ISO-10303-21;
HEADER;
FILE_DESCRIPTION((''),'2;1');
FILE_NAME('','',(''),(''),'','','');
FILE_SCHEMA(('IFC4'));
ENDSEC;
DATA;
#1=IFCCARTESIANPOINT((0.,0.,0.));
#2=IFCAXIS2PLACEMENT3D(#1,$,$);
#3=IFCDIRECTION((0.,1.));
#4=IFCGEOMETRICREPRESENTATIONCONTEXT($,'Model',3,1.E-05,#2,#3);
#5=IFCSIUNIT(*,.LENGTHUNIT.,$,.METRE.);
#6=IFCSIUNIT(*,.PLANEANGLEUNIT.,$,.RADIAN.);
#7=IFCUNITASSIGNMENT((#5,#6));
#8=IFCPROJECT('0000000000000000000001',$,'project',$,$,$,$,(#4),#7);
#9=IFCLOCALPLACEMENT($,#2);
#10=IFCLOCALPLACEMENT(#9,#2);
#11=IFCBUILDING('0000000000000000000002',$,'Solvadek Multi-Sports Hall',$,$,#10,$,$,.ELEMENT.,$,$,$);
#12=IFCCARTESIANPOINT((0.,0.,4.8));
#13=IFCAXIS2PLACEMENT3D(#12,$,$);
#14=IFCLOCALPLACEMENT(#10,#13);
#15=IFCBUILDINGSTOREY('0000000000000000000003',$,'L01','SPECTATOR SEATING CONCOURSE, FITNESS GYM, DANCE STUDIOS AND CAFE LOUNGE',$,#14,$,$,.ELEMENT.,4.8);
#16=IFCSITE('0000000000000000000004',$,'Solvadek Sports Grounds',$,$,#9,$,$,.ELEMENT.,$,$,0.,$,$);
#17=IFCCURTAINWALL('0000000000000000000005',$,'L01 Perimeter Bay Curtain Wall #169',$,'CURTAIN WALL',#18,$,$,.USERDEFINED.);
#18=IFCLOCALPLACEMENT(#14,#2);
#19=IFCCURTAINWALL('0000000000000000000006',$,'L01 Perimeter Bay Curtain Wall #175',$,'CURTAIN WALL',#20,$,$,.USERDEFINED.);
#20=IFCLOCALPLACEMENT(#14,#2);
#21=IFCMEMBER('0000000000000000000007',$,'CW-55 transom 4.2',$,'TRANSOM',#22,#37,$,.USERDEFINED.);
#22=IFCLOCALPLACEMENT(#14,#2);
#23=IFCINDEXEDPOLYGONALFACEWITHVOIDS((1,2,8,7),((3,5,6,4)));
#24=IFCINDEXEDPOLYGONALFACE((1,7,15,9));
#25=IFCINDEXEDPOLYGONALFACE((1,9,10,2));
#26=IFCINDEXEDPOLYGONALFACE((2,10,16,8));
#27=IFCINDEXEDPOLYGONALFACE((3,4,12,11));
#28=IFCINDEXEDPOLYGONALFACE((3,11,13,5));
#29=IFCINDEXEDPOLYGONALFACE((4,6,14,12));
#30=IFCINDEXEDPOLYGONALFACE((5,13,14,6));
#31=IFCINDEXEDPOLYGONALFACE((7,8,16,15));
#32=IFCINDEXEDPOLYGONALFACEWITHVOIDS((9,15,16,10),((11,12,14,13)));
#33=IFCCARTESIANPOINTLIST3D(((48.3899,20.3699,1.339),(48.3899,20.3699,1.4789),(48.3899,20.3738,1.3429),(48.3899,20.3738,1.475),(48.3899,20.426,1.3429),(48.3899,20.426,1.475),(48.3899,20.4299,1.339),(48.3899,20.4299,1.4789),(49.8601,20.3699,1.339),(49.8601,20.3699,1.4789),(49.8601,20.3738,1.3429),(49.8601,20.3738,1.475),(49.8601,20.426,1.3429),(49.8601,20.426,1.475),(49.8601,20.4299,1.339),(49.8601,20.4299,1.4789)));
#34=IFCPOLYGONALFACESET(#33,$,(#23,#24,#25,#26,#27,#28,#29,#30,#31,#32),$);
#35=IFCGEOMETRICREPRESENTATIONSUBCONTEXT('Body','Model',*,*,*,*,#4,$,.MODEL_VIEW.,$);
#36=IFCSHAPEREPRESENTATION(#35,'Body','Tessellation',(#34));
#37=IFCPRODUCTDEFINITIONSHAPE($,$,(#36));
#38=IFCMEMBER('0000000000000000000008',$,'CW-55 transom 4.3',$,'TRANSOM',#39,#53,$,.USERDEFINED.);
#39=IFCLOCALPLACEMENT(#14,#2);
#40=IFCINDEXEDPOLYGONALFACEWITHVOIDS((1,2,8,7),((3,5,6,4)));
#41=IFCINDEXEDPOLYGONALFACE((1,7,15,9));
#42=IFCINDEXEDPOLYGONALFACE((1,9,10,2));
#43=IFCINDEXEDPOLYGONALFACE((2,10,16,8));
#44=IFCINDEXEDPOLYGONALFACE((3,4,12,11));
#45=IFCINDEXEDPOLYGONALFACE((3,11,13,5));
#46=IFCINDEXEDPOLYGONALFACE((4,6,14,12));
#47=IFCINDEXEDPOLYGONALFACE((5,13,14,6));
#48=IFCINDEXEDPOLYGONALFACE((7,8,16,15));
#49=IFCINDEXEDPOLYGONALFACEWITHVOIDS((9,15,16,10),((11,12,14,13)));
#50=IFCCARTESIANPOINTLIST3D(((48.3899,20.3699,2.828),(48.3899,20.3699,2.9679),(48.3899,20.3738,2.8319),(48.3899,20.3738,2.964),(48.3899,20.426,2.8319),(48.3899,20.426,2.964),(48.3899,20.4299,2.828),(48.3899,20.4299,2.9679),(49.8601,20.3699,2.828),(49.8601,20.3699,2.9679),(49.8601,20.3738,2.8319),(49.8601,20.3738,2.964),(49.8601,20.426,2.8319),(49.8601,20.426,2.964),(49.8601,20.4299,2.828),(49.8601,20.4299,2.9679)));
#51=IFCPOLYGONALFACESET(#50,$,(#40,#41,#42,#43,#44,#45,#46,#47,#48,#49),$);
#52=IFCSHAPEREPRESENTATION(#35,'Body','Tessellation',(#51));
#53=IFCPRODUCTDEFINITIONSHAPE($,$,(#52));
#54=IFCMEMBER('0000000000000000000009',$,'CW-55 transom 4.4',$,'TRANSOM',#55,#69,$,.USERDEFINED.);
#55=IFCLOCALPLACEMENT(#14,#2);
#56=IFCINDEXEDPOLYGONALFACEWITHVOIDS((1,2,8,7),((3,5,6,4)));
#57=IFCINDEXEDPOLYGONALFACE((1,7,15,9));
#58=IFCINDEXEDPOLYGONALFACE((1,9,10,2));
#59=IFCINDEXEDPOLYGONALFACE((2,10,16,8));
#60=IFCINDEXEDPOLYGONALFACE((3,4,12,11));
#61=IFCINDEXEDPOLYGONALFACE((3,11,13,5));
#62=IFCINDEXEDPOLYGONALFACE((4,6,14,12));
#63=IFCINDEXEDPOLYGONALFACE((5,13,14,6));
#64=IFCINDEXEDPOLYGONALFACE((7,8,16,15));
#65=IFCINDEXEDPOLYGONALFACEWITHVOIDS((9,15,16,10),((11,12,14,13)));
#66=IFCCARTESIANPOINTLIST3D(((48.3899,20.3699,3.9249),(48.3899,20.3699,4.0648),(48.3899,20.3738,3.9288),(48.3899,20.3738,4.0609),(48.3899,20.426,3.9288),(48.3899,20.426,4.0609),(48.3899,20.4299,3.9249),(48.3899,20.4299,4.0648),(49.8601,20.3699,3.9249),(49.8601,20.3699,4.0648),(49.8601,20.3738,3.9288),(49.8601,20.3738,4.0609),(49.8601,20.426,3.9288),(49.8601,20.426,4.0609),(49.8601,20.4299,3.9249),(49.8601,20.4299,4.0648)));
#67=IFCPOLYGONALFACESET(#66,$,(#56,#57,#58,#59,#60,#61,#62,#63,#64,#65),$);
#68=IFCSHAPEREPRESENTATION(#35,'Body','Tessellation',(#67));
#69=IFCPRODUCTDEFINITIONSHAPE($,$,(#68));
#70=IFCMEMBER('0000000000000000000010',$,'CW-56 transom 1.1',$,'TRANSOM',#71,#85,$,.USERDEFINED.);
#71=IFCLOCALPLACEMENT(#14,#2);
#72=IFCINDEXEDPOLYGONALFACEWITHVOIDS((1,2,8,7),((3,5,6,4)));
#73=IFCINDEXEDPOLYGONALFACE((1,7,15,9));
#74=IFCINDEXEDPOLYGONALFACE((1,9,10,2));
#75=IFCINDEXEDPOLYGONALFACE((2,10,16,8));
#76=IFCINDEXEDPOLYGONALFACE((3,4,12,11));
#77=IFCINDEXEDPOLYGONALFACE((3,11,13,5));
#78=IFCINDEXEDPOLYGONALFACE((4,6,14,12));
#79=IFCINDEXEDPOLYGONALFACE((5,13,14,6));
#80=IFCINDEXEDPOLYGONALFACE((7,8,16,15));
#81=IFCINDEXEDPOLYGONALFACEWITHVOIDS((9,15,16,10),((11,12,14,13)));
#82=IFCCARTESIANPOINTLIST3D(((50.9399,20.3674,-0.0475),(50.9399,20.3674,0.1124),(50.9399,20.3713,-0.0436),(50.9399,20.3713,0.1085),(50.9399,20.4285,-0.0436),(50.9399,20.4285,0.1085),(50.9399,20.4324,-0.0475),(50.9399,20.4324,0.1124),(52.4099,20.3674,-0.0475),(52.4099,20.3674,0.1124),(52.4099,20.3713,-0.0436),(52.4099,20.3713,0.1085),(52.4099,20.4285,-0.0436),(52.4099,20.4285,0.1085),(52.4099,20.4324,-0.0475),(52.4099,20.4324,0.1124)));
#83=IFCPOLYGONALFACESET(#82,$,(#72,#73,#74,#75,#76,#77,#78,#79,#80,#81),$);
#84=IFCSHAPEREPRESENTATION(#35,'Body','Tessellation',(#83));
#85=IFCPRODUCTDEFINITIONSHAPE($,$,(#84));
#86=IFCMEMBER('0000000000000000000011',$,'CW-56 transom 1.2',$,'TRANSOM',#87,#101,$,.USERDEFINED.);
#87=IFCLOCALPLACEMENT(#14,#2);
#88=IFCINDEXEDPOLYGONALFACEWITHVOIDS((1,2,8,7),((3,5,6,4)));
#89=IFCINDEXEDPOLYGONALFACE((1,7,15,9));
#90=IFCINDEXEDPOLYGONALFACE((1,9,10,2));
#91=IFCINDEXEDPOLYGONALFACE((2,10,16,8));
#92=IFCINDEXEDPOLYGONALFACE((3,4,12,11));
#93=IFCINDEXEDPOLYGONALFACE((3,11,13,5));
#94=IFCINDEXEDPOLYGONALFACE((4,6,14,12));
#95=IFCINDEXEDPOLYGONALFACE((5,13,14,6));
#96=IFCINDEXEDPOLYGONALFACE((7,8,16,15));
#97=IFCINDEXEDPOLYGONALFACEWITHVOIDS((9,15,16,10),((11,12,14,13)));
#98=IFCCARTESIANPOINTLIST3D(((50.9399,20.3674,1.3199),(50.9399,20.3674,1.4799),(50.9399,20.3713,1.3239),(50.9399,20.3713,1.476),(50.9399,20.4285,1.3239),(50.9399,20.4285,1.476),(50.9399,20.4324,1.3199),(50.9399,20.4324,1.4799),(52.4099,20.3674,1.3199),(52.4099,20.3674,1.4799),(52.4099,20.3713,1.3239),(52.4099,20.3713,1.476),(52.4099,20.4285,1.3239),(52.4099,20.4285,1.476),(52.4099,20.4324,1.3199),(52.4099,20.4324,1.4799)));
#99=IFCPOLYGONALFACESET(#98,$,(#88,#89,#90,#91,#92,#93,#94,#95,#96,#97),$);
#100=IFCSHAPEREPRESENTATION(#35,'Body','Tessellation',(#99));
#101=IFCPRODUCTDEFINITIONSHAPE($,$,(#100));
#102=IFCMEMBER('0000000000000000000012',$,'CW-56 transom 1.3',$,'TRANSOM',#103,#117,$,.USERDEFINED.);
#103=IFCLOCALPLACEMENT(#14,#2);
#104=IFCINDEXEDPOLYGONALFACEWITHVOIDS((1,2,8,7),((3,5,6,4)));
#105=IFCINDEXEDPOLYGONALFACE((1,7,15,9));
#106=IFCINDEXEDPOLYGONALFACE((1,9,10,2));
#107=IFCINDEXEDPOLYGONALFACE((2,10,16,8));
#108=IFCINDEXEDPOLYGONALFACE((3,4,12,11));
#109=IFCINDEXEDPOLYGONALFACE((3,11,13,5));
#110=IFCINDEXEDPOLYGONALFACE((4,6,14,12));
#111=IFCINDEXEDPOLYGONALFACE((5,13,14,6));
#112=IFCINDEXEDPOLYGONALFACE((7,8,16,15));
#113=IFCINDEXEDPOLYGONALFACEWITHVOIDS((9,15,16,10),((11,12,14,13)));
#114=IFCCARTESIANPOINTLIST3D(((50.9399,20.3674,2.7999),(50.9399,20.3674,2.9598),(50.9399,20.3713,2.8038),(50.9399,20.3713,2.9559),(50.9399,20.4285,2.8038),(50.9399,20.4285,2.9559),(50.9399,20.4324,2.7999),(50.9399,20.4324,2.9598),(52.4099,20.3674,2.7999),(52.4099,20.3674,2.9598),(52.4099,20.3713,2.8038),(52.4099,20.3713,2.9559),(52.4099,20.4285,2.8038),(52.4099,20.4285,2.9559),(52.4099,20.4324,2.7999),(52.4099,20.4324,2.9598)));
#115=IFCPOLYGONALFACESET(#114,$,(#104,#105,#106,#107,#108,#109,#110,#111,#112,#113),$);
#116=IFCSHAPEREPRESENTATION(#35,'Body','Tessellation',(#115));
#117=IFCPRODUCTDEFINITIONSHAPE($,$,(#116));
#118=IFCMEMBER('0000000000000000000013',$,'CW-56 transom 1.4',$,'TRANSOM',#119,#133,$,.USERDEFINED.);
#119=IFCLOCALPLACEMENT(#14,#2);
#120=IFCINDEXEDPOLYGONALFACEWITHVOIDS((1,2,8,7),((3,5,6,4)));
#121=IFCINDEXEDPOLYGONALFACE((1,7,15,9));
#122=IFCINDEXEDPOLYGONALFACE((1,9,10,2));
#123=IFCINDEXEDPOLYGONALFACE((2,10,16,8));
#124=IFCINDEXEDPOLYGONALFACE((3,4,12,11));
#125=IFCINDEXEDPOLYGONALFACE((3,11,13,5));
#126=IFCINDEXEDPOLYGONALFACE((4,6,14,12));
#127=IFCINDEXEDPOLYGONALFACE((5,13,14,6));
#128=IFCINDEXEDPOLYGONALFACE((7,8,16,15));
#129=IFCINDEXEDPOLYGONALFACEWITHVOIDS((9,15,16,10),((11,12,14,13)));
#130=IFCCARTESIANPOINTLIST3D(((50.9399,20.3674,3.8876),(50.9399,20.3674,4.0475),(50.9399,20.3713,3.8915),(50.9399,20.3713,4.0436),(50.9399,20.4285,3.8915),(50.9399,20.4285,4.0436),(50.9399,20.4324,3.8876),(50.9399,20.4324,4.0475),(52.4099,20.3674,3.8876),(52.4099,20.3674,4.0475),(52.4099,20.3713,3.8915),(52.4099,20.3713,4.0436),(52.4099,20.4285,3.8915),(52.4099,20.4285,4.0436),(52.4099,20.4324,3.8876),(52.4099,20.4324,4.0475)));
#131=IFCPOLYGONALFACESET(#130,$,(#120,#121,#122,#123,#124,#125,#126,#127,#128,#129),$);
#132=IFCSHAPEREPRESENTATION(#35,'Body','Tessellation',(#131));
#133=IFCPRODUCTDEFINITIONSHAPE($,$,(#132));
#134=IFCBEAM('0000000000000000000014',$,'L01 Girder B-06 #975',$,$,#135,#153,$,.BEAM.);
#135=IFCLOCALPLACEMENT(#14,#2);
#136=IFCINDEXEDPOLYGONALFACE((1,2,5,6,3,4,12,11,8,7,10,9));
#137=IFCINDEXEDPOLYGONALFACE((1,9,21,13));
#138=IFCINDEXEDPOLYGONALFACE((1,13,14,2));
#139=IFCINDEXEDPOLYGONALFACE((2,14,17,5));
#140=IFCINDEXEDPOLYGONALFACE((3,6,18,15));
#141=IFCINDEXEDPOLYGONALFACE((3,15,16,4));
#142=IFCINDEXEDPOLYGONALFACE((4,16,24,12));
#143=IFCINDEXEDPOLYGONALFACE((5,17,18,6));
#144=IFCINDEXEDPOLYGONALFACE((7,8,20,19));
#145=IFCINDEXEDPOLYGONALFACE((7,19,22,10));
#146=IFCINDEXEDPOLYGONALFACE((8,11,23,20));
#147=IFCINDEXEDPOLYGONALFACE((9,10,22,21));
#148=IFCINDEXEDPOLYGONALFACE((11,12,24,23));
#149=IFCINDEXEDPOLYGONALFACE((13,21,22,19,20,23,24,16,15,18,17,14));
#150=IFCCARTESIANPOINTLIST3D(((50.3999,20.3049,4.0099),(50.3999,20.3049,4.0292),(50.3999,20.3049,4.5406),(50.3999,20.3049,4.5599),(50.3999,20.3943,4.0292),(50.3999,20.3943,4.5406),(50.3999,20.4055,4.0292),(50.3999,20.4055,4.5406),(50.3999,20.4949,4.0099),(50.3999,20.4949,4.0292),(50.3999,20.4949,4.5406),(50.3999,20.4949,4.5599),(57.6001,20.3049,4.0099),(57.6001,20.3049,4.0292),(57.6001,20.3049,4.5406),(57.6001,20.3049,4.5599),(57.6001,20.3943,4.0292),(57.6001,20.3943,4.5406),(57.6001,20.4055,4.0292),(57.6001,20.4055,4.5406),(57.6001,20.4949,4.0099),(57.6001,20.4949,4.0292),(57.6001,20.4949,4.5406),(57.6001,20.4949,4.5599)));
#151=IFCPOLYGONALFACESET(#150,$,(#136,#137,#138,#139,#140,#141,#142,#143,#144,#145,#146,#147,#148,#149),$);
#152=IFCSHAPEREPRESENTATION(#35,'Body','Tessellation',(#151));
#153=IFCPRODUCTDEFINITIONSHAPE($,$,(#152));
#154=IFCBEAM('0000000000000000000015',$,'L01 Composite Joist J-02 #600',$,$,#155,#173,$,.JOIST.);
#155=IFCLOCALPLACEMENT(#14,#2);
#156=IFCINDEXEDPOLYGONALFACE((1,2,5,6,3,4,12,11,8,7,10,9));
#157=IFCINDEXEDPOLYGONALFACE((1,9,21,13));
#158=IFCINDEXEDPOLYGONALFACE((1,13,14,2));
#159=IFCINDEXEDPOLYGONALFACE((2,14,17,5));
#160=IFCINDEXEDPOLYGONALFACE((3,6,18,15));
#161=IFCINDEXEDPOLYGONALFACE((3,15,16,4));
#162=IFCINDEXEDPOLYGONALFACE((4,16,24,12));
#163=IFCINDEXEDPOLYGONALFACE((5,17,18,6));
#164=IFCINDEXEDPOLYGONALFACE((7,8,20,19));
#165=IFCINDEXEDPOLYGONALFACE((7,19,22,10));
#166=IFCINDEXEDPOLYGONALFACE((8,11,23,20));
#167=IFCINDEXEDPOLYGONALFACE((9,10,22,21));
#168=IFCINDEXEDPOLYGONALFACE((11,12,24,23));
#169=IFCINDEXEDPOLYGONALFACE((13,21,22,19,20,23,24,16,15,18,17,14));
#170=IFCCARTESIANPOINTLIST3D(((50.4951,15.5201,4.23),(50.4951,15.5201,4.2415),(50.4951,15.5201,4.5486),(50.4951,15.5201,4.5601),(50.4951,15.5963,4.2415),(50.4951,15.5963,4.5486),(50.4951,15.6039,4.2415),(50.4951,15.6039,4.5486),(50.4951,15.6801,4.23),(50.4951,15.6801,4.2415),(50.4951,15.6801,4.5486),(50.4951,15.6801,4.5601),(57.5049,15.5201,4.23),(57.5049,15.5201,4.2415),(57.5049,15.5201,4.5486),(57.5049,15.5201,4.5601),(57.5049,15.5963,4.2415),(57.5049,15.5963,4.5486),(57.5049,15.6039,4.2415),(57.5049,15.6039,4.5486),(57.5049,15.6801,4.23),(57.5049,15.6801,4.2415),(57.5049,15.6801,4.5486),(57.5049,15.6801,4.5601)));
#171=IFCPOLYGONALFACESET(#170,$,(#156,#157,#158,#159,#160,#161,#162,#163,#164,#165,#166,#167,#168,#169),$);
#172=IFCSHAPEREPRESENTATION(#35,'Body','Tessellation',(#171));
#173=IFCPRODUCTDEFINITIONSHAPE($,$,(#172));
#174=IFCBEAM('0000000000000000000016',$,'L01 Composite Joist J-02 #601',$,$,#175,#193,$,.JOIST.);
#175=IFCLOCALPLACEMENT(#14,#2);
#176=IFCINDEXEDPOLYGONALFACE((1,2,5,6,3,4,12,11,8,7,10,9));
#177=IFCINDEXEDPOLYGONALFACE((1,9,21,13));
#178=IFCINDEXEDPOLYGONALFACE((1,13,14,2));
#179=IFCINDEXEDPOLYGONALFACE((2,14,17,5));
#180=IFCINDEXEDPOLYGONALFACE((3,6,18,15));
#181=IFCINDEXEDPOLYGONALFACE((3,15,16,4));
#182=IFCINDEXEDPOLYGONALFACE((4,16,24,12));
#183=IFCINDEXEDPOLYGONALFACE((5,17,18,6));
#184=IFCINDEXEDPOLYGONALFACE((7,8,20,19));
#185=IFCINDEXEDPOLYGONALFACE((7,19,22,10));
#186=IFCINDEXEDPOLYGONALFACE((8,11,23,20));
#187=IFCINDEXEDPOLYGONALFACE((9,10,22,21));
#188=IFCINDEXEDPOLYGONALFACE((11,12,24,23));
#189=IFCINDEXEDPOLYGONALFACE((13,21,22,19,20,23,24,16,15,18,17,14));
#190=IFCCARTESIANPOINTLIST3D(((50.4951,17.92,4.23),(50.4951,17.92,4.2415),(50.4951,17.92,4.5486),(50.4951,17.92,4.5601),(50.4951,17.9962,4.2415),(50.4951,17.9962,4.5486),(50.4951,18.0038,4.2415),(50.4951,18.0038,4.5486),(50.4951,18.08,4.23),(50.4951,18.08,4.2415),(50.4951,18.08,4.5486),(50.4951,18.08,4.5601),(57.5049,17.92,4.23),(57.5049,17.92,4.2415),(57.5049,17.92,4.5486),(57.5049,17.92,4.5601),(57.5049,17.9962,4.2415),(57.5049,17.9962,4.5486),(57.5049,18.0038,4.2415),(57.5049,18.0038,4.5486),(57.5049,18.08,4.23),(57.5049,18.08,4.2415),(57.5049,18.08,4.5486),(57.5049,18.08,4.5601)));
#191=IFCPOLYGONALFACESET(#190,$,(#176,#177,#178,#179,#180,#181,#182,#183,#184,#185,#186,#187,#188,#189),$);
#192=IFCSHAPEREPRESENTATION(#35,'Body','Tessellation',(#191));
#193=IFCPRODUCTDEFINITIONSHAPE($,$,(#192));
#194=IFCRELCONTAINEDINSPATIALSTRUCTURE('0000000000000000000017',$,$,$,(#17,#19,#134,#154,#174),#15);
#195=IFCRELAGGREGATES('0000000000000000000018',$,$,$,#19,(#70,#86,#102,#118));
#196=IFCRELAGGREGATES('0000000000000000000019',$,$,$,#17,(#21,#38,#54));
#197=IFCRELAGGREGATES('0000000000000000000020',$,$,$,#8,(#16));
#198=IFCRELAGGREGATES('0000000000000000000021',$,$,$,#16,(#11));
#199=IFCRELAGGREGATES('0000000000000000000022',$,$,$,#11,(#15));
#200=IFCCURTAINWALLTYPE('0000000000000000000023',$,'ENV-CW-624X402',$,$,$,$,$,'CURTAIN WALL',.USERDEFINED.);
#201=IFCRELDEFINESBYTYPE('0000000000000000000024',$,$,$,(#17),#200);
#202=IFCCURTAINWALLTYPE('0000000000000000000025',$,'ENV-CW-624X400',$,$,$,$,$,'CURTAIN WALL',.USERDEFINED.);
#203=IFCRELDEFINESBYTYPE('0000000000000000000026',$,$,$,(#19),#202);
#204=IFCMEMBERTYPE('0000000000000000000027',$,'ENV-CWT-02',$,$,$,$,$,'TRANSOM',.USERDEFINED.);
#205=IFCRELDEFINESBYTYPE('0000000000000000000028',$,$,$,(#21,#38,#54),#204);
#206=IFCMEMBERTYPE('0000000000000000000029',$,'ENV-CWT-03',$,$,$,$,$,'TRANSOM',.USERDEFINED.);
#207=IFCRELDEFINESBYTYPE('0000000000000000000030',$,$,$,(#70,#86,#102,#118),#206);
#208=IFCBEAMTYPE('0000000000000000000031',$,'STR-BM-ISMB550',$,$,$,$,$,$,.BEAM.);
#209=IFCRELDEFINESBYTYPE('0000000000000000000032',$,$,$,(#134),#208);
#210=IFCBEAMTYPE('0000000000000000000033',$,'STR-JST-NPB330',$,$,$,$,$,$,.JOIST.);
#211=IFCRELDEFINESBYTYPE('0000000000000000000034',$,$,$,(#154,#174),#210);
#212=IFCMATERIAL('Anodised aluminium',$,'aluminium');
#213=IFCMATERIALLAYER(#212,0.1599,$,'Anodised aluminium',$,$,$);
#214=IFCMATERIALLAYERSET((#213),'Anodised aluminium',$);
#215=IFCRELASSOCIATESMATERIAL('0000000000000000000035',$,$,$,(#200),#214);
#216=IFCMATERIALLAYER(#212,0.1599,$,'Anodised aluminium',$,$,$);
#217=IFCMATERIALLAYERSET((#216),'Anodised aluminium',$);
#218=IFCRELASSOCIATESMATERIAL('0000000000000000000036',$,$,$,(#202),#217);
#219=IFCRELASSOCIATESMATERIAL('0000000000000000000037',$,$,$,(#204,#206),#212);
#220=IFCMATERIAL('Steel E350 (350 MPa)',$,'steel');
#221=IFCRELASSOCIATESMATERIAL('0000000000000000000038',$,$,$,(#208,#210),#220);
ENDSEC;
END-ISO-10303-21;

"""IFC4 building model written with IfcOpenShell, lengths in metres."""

from ifc_helpers import new_model, si_unit, direction, frame, origin, origin_2d, place, context, subcontext, project, spatial, hollow_rectangle, i_section, extrude, material, layer, layer_set, material_profile, profile_set, type_object, element, aggregate, save


model = new_model("IFC4")

# Units and contexts
model_context = context("Model", 3, precision=1e-05, world=origin(), true_north=direction((0.0, 1.0)))
body_context = subcontext(model_context, "Body", "Model", "MODEL_VIEW")
ifc_project = project(units=[si_unit("LENGTHUNIT", "METRE"), si_unit("PLANEANGLEUNIT", "RADIAN")], contexts=[model_context])

# Site, building, storey
site_placement = place(None, origin())
site = spatial("IfcSite", under=ifc_project, at=site_placement, Name="Solvadek Sports Grounds", CompositionType="ELEMENT", RefElevation=0.0)
building_placement = place(site_placement, origin())
building = spatial("IfcBuilding", under=site, at=building_placement, Name="Solvadek Multi-Sports Hall", CompositionType="ELEMENT")
storey_placement = place(building_placement, frame((0.0, 0.0, 4.8)))
storey = spatial("IfcBuildingStorey", under=building, at=storey_placement, Name="L01", Description="SPECTATOR SEATING CONCOURSE, FITNESS GYM, DANCE STUDIOS AND CAFE LOUNGE", CompositionType="ELEMENT", Elevation=4.8)

# Shared definitions
ifc_material_1 = material(Name="Steel E350 (350 MPa)", Category="steel")

# Curtain walls
ifc_material_2 = material(Name="Anodised aluminium", Category="aluminium")
ifc_layer_1 = layer(ifc_material_2, 0.1599, Name="Anodised aluminium")
ifc_layer_set_1 = layer_set([ifc_layer_1], Name="Anodised aluminium")
curtain_wall_type_1 = type_object("IfcCurtainWallType", Name="ENV-CW-624X402", ElementType="CURTAIN WALL", PredefinedType="USERDEFINED", material=ifc_layer_set_1)
curtain_wall_1_placement = place(storey_placement, origin())
curtain_wall_1 = element("IfcCurtainWall", 1, at=curtain_wall_1_placement, inside=storey, type_object=curtain_wall_type_1, Name="L01 Perimeter Bay Curtain Wall #169", ObjectType="CURTAIN WALL", PredefinedType="USERDEFINED")
ifc_layer_2 = layer(ifc_material_2, 0.1599, Name="Anodised aluminium")
ifc_layer_set_2 = layer_set([ifc_layer_2], Name="Anodised aluminium")
curtain_wall_type_2 = type_object("IfcCurtainWallType", Name="ENV-CW-624X400", ElementType="CURTAIN WALL", PredefinedType="USERDEFINED", material=ifc_layer_set_2)
curtain_wall_2_placement = place(storey_placement, origin())
curtain_wall_2 = element("IfcCurtainWall", 2, at=curtain_wall_2_placement, inside=storey, type_object=curtain_wall_type_2, Name="L01 Perimeter Bay Curtain Wall #175", ObjectType="CURTAIN WALL", PredefinedType="USERDEFINED")

# Members
ifc_material_profile_1 = material_profile(ifc_material_2, hollow_rectangle(XDim=0.0601, YDim=0.1399, WallThickness=0.0039, at=origin_2d()), Name="ALU-T 140x60x4")
ifc_profile_set_1 = profile_set([ifc_material_profile_1], Name="Anodised aluminium")
member_type_1 = type_object("IfcMemberType", Name="ENV-CWT-02", ElementType="TRANSOM", PredefinedType="USERDEFINED", material=ifc_profile_set_1)
member_1_placement = place(storey_placement, frame((48.3899, 20.3999, 1.4089), z_axis=(1.0, 0.0, 0.0), x_axis=(0.0, 1.0, 0.0)))
member_1 = element("IfcMember", 3, at=member_1_placement, type_object=member_type_1, Name="CW-55 transom 4.2", ObjectType="TRANSOM", PredefinedType="USERDEFINED", context=body_context, shape_type="SweptSolid", body=[
    extrude(hollow_rectangle(XDim=0.0601, YDim=0.1399, WallThickness=0.0039, at=origin_2d()), origin(), (0.0, 0.0, 1.0), 1.4702),
])
member_2_placement = place(storey_placement, frame((48.3899, 20.3999, 2.8979), z_axis=(1.0, 0.0, 0.0), x_axis=(0.0, 1.0, 0.0)))
member_2 = element("IfcMember", 4, at=member_2_placement, type_object=member_type_1, Name="CW-55 transom 4.3", ObjectType="TRANSOM", PredefinedType="USERDEFINED", context=body_context, shape_type="SweptSolid", body=[
    extrude(hollow_rectangle(XDim=0.0601, YDim=0.1399, WallThickness=0.0039, at=origin_2d()), origin(), (0.0, 0.0, 1.0), 1.4702),
])
member_3_placement = place(storey_placement, frame((48.3899, 20.3999, 3.9949), z_axis=(1.0, 0.0, 0.0), x_axis=(0.0, 1.0, 0.0)))
member_3 = element("IfcMember", 5, at=member_3_placement, type_object=member_type_1, Name="CW-55 transom 4.4", ObjectType="TRANSOM", PredefinedType="USERDEFINED", context=body_context, shape_type="SweptSolid", body=[
    extrude(hollow_rectangle(XDim=0.0601, YDim=0.1399, WallThickness=0.0039, at=origin_2d()), origin(), (0.0, 0.0, 1.0), 1.4702),
])
ifc_material_profile_2 = material_profile(ifc_material_2, hollow_rectangle(XDim=0.0649, YDim=0.1599, WallThickness=0.0039, at=origin_2d()), Name="ALU-T 160x65x4")
ifc_profile_set_2 = profile_set([ifc_material_profile_2], Name="Anodised aluminium")
member_type_2 = type_object("IfcMemberType", Name="ENV-CWT-03", ElementType="TRANSOM", PredefinedType="USERDEFINED", material=ifc_profile_set_2)
member_4_placement = place(storey_placement, frame((50.9399, 20.3999, 0.0325), z_axis=(1.0, 0.0, 0.0), x_axis=(0.0, 1.0, 0.0)))
member_4 = element("IfcMember", 6, at=member_4_placement, type_object=member_type_2, Name="CW-56 transom 1.1", ObjectType="TRANSOM", PredefinedType="USERDEFINED", context=body_context, shape_type="SweptSolid", body=[
    extrude(hollow_rectangle(XDim=0.0649, YDim=0.1599, WallThickness=0.0039, at=origin_2d()), origin(), (0.0, 0.0, 1.0), 1.47),
])
member_5_placement = place(storey_placement, frame((50.9399, 20.3999, 1.3999), z_axis=(1.0, 0.0, 0.0), x_axis=(0.0, 1.0, 0.0)))
member_5 = element("IfcMember", 7, at=member_5_placement, type_object=member_type_2, Name="CW-56 transom 1.2", ObjectType="TRANSOM", PredefinedType="USERDEFINED", context=body_context, shape_type="SweptSolid", body=[
    extrude(hollow_rectangle(XDim=0.0649, YDim=0.1599, WallThickness=0.0039, at=origin_2d()), origin(), (0.0, 0.0, 1.0), 1.47),
])
member_6_placement = place(storey_placement, frame((50.9399, 20.3999, 2.8799), z_axis=(1.0, 0.0, 0.0), x_axis=(0.0, 1.0, 0.0)))
member_6 = element("IfcMember", 8, at=member_6_placement, type_object=member_type_2, Name="CW-56 transom 1.3", ObjectType="TRANSOM", PredefinedType="USERDEFINED", context=body_context, shape_type="SweptSolid", body=[
    extrude(hollow_rectangle(XDim=0.0649, YDim=0.1599, WallThickness=0.0039, at=origin_2d()), origin(), (0.0, 0.0, 1.0), 1.47),
])
member_7_placement = place(storey_placement, frame((50.9399, 20.3999, 3.9675), z_axis=(1.0, 0.0, 0.0), x_axis=(0.0, 1.0, 0.0)))
member_7 = element("IfcMember", 9, at=member_7_placement, type_object=member_type_2, Name="CW-56 transom 1.4", ObjectType="TRANSOM", PredefinedType="USERDEFINED", context=body_context, shape_type="SweptSolid", body=[
    extrude(hollow_rectangle(XDim=0.0649, YDim=0.1599, WallThickness=0.0039, at=origin_2d()), origin(), (0.0, 0.0, 1.0), 1.47),
])

# Beams
ifc_material_profile_3 = material_profile(ifc_material_1, i_section(OverallWidth=0.1899, OverallDepth=0.55, WebThickness=0.0112, FlangeThickness=0.0193, at=origin_2d()), Name="ISMB 550")
ifc_profile_set_3 = profile_set([ifc_material_profile_3], Name="Steel E350 (350 MPa)")
beam_type_1 = type_object("IfcBeamType", Name="STR-BM-ISMB550", PredefinedType="BEAM", material=ifc_profile_set_3)
beam_placement = place(storey_placement, frame((50.3999, 20.3999, 4.2849), z_axis=(1.0, 0.0, 0.0), x_axis=(0.0, 1.0, 0.0)))
element("IfcBeam", 10, at=beam_placement, inside=storey, type_object=beam_type_1, Name="L01 Girder B-06 #975", PredefinedType="BEAM", context=body_context, shape_type="SweptSolid", body=[
    extrude(i_section(OverallWidth=0.1899, OverallDepth=0.55, WebThickness=0.0112, FlangeThickness=0.0193, at=origin_2d()), origin(), (0.0, 0.0, 1.0), 7.2002),
])
ifc_material_profile_4 = material_profile(ifc_material_1, i_section(OverallWidth=0.1599, OverallDepth=0.3301, WebThickness=0.0076, FlangeThickness=0.0115, at=origin_2d()), Name="NPB 330")
ifc_profile_set_4 = profile_set([ifc_material_profile_4], Name="Steel E350 (350 MPa)")
beam_type_2 = type_object("IfcBeamType", Name="STR-JST-NPB330", PredefinedType="JOIST", material=ifc_profile_set_4)
for number, where, z_axis, x_axis, name in (
    (11, (50.4951, 15.6001, 4.395), (1.0, 0.0, 0.0), (0.0, 1.0, 0.0), "L01 Composite Joist J-02 #600"),
    (12, (50.4951, 18.0, 4.395), (1.0, 0.0, 0.0), (0.0, 1.0, 0.0), "L01 Composite Joist J-02 #601"),
):
    element("IfcBeam", number, at=place(storey_placement, frame(where, z_axis=z_axis, x_axis=x_axis)), inside=storey, type_object=beam_type_2, Name=name, PredefinedType="JOIST", context=body_context, shape_type="SweptSolid", body=[
        extrude(i_section(OverallWidth=0.1599, OverallDepth=0.3301, WebThickness=0.0076, FlangeThickness=0.0115, at=origin_2d()), origin(), (0.0, 0.0, 1.0), 7.0098),
    ])

aggregate(curtain_wall_2, [member_4, member_5, member_6, member_7])
aggregate(curtain_wall_1, [member_1, member_2, member_3])

save(model, "model.ifc")
